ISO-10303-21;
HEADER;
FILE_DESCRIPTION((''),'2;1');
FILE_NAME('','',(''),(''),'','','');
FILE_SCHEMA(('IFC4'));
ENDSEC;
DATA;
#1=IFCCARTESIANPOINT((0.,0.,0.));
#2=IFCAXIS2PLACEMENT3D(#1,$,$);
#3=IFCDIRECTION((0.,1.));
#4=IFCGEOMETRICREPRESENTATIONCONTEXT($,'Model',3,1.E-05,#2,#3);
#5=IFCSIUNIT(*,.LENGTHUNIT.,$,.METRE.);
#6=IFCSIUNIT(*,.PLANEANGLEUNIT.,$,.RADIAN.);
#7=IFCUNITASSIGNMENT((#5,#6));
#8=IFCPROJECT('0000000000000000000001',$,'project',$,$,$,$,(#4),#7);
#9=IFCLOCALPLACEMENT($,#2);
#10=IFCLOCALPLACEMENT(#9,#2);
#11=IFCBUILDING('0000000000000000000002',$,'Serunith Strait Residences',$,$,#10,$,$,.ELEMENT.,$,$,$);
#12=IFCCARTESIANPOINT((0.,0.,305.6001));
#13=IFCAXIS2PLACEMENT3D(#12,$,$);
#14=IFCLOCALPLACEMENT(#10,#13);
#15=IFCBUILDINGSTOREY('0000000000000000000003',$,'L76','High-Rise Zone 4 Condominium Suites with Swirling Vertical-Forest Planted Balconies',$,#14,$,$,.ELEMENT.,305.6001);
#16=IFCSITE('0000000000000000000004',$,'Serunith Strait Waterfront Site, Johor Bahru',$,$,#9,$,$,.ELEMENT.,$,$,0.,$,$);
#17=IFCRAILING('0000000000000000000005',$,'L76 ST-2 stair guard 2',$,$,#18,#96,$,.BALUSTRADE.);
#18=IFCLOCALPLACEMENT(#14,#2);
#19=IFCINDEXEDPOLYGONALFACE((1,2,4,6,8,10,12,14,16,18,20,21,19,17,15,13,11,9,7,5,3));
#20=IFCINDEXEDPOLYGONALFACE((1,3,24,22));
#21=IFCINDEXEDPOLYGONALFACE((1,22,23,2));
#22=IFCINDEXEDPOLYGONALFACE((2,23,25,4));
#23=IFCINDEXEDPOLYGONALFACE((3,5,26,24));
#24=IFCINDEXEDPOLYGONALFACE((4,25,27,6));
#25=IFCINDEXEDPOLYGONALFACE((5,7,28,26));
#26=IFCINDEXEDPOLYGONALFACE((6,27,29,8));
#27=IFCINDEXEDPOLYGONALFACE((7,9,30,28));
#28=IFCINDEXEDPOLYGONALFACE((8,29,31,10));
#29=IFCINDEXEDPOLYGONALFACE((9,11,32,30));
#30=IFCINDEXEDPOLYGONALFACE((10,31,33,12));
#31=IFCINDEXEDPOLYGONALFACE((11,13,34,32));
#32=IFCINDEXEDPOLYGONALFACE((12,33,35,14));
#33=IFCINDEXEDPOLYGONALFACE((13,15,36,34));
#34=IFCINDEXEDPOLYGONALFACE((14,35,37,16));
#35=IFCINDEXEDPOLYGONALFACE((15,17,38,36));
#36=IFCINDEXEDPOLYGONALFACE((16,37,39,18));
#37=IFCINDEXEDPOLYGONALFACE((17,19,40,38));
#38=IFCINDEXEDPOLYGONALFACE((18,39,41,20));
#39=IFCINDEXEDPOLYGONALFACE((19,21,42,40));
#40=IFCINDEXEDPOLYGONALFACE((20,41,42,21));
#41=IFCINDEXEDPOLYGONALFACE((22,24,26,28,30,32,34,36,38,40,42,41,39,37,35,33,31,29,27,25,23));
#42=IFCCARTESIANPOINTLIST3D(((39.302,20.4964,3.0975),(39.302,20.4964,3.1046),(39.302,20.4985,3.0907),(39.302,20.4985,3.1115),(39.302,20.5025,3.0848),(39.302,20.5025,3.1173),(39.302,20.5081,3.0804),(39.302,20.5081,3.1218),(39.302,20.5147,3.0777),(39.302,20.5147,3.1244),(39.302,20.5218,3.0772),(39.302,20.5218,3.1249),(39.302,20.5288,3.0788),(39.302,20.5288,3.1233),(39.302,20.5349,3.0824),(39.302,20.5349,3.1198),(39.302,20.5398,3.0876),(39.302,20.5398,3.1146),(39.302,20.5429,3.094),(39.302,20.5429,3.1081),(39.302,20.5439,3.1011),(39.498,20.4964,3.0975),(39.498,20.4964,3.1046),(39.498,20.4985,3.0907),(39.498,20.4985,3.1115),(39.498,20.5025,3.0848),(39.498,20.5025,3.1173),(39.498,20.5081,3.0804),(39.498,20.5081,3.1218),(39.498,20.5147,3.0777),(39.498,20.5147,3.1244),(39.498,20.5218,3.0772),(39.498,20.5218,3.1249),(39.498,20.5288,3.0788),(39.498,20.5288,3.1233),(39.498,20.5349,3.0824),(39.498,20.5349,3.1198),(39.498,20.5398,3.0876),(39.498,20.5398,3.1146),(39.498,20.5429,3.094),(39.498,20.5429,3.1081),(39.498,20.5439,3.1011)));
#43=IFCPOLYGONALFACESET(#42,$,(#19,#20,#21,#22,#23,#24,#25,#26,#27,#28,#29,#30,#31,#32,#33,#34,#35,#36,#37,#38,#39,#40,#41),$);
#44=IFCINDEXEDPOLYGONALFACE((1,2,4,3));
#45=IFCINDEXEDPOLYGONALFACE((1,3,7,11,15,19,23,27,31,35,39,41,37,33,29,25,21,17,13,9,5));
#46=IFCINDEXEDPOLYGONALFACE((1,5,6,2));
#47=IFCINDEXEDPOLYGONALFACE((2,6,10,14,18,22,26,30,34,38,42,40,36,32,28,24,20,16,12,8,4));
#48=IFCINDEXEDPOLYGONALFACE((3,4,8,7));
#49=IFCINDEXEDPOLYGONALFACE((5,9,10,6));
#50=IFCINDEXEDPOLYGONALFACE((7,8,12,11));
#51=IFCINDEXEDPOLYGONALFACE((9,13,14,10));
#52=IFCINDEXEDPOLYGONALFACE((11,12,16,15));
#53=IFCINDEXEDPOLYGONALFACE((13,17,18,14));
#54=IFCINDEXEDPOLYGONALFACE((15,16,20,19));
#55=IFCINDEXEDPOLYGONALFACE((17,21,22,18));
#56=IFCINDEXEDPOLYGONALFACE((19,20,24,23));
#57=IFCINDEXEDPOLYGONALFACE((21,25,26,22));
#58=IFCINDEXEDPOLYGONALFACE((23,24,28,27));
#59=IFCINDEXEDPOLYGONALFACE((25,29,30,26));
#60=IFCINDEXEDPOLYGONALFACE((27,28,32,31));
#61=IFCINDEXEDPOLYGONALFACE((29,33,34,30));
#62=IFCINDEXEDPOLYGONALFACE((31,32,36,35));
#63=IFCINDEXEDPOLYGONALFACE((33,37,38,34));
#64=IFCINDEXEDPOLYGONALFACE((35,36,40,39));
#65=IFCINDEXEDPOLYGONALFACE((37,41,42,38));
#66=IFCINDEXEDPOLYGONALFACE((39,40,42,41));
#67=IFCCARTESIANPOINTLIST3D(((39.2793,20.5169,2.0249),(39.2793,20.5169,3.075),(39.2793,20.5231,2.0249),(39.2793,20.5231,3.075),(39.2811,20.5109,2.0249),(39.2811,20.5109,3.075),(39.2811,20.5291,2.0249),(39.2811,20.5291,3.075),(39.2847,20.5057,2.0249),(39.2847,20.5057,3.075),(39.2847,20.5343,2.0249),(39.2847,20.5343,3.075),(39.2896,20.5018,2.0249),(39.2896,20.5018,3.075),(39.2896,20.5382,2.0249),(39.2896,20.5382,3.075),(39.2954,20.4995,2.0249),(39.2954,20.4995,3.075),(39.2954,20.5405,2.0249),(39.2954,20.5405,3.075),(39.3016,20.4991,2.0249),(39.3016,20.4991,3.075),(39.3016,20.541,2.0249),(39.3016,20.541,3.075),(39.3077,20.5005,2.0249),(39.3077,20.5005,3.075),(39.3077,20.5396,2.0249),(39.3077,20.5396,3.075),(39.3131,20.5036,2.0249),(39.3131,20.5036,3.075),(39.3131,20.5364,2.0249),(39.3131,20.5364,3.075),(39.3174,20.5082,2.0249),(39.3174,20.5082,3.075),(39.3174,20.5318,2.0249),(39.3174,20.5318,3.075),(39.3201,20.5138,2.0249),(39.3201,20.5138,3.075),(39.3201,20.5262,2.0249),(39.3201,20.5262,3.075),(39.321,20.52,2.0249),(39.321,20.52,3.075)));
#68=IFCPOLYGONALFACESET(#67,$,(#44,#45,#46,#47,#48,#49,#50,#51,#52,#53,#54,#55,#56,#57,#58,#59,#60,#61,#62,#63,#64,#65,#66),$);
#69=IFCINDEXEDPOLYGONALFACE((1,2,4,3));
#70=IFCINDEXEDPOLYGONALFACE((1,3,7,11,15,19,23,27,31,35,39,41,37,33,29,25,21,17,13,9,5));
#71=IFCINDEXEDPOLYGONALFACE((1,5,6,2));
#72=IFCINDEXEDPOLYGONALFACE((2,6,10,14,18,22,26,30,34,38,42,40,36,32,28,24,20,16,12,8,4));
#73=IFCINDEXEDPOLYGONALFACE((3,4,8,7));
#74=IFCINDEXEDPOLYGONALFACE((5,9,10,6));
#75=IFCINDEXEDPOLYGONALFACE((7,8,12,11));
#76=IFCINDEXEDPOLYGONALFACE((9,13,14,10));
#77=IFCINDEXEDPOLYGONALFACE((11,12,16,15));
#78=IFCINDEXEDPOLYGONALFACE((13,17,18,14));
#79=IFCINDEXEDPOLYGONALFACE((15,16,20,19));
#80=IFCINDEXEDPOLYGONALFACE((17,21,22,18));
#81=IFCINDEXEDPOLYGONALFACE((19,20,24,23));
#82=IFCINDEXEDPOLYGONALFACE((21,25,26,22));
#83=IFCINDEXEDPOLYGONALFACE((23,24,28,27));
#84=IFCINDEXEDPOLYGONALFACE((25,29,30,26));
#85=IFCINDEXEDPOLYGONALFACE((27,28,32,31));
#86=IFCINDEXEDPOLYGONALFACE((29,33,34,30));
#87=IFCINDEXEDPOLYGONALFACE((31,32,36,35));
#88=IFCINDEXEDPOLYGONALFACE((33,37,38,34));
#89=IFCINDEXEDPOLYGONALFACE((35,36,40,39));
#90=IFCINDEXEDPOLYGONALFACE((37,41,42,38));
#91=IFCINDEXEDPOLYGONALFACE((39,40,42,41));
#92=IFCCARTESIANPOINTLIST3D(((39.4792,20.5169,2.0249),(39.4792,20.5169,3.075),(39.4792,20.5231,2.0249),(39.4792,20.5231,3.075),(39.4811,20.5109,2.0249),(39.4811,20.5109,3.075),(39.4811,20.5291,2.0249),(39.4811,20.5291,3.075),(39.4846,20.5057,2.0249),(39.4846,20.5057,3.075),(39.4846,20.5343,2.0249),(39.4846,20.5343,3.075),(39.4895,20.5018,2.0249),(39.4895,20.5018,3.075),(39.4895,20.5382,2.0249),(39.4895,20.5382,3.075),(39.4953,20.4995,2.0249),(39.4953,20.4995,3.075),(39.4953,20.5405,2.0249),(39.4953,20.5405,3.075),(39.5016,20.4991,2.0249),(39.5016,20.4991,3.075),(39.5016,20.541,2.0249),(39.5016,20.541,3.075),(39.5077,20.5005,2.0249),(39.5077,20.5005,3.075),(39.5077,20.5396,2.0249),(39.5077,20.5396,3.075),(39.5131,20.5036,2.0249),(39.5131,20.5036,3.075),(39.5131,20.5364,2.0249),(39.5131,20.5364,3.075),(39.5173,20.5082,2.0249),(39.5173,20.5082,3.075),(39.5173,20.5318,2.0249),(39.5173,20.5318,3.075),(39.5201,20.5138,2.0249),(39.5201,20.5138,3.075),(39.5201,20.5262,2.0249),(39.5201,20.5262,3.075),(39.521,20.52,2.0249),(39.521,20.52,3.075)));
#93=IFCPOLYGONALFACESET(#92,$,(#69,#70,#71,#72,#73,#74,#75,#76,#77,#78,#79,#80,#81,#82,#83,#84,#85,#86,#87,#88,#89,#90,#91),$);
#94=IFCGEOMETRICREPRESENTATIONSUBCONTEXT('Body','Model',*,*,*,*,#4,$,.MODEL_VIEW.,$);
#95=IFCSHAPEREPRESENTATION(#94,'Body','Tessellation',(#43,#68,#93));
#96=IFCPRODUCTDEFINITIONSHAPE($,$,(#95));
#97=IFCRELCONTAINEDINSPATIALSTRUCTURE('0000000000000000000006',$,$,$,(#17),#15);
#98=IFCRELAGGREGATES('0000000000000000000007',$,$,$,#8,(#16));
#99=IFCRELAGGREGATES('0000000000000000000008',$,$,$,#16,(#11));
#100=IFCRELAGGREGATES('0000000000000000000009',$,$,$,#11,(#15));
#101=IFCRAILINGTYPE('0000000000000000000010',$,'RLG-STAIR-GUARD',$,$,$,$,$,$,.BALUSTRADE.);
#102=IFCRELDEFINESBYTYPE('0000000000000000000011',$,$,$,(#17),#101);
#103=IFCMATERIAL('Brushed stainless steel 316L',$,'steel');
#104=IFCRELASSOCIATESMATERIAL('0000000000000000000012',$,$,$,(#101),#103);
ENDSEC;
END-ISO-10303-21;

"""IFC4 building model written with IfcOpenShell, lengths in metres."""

from ifc_helpers import new_model, si_unit, direction, frame, origin, origin_2d, place, context, subcontext, project, spatial, circle, extrude, material, type_object, element, save


model = new_model("IFC4")

# Units and contexts
model_context = context("Model", 3, precision=1e-05, world=origin(), true_north=direction((0.0, 1.0)))
body_context = subcontext(model_context, "Body", "Model", "MODEL_VIEW")
ifc_project = project(units=[si_unit("LENGTHUNIT", "METRE"), si_unit("PLANEANGLEUNIT", "RADIAN")], contexts=[model_context])

# Site, building, storey
site_placement = place(None, origin())
site = spatial("IfcSite", under=ifc_project, at=site_placement, Name="Serunith Strait Waterfront Site, Johor Bahru", CompositionType="ELEMENT", RefElevation=0.0)
building_placement = place(site_placement, origin())
building = spatial("IfcBuilding", under=site, at=building_placement, Name="Serunith Strait Residences", CompositionType="ELEMENT")
storey_placement = place(building_placement, frame((0.0, 0.0, 305.6001)))
storey = spatial("IfcBuildingStorey", under=building, at=storey_placement, Name="L76", Description="High-Rise Zone 4 Condominium Suites with Swirling Vertical-Forest Planted Balconies", CompositionType="ELEMENT", Elevation=305.6001)

# Railing
ifc_material_1 = material(Name="Brushed stainless steel 316L", Category="steel")
railing_type_1 = type_object("IfcRailingType", Name="RLG-STAIR-GUARD", PredefinedType="BALUSTRADE", material=ifc_material_1)
railing_1_placement = place(storey_placement, frame((39.3, 20.52, 2.0249)))
element("IfcRailing", 1, at=railing_1_placement, inside=storey, type_object=railing_type_1, Name="L76 ST-2 stair guard 2", PredefinedType="BALUSTRADE", context=body_context, shape_type="SweptSolid", body=[
    extrude(circle(Radius=0.0239, at=origin_2d()), frame((0.002, 0.0, 1.0762), z_axis=(1.0, 0.0, 0.0), x_axis=(0.0, 1.0, 0.0)), (0.0, 0.0, 1.0), 0.196),
    extrude(circle(Radius=0.021, at=origin_2d()), origin(), (0.0, 0.0, 1.0), 1.05),
    extrude(circle(Radius=0.021, at=origin_2d()), frame((0.2, 0.0, 0.0)), (0.0, 0.0, 1.0), 1.05),
])

save(model, "model.ifc")
